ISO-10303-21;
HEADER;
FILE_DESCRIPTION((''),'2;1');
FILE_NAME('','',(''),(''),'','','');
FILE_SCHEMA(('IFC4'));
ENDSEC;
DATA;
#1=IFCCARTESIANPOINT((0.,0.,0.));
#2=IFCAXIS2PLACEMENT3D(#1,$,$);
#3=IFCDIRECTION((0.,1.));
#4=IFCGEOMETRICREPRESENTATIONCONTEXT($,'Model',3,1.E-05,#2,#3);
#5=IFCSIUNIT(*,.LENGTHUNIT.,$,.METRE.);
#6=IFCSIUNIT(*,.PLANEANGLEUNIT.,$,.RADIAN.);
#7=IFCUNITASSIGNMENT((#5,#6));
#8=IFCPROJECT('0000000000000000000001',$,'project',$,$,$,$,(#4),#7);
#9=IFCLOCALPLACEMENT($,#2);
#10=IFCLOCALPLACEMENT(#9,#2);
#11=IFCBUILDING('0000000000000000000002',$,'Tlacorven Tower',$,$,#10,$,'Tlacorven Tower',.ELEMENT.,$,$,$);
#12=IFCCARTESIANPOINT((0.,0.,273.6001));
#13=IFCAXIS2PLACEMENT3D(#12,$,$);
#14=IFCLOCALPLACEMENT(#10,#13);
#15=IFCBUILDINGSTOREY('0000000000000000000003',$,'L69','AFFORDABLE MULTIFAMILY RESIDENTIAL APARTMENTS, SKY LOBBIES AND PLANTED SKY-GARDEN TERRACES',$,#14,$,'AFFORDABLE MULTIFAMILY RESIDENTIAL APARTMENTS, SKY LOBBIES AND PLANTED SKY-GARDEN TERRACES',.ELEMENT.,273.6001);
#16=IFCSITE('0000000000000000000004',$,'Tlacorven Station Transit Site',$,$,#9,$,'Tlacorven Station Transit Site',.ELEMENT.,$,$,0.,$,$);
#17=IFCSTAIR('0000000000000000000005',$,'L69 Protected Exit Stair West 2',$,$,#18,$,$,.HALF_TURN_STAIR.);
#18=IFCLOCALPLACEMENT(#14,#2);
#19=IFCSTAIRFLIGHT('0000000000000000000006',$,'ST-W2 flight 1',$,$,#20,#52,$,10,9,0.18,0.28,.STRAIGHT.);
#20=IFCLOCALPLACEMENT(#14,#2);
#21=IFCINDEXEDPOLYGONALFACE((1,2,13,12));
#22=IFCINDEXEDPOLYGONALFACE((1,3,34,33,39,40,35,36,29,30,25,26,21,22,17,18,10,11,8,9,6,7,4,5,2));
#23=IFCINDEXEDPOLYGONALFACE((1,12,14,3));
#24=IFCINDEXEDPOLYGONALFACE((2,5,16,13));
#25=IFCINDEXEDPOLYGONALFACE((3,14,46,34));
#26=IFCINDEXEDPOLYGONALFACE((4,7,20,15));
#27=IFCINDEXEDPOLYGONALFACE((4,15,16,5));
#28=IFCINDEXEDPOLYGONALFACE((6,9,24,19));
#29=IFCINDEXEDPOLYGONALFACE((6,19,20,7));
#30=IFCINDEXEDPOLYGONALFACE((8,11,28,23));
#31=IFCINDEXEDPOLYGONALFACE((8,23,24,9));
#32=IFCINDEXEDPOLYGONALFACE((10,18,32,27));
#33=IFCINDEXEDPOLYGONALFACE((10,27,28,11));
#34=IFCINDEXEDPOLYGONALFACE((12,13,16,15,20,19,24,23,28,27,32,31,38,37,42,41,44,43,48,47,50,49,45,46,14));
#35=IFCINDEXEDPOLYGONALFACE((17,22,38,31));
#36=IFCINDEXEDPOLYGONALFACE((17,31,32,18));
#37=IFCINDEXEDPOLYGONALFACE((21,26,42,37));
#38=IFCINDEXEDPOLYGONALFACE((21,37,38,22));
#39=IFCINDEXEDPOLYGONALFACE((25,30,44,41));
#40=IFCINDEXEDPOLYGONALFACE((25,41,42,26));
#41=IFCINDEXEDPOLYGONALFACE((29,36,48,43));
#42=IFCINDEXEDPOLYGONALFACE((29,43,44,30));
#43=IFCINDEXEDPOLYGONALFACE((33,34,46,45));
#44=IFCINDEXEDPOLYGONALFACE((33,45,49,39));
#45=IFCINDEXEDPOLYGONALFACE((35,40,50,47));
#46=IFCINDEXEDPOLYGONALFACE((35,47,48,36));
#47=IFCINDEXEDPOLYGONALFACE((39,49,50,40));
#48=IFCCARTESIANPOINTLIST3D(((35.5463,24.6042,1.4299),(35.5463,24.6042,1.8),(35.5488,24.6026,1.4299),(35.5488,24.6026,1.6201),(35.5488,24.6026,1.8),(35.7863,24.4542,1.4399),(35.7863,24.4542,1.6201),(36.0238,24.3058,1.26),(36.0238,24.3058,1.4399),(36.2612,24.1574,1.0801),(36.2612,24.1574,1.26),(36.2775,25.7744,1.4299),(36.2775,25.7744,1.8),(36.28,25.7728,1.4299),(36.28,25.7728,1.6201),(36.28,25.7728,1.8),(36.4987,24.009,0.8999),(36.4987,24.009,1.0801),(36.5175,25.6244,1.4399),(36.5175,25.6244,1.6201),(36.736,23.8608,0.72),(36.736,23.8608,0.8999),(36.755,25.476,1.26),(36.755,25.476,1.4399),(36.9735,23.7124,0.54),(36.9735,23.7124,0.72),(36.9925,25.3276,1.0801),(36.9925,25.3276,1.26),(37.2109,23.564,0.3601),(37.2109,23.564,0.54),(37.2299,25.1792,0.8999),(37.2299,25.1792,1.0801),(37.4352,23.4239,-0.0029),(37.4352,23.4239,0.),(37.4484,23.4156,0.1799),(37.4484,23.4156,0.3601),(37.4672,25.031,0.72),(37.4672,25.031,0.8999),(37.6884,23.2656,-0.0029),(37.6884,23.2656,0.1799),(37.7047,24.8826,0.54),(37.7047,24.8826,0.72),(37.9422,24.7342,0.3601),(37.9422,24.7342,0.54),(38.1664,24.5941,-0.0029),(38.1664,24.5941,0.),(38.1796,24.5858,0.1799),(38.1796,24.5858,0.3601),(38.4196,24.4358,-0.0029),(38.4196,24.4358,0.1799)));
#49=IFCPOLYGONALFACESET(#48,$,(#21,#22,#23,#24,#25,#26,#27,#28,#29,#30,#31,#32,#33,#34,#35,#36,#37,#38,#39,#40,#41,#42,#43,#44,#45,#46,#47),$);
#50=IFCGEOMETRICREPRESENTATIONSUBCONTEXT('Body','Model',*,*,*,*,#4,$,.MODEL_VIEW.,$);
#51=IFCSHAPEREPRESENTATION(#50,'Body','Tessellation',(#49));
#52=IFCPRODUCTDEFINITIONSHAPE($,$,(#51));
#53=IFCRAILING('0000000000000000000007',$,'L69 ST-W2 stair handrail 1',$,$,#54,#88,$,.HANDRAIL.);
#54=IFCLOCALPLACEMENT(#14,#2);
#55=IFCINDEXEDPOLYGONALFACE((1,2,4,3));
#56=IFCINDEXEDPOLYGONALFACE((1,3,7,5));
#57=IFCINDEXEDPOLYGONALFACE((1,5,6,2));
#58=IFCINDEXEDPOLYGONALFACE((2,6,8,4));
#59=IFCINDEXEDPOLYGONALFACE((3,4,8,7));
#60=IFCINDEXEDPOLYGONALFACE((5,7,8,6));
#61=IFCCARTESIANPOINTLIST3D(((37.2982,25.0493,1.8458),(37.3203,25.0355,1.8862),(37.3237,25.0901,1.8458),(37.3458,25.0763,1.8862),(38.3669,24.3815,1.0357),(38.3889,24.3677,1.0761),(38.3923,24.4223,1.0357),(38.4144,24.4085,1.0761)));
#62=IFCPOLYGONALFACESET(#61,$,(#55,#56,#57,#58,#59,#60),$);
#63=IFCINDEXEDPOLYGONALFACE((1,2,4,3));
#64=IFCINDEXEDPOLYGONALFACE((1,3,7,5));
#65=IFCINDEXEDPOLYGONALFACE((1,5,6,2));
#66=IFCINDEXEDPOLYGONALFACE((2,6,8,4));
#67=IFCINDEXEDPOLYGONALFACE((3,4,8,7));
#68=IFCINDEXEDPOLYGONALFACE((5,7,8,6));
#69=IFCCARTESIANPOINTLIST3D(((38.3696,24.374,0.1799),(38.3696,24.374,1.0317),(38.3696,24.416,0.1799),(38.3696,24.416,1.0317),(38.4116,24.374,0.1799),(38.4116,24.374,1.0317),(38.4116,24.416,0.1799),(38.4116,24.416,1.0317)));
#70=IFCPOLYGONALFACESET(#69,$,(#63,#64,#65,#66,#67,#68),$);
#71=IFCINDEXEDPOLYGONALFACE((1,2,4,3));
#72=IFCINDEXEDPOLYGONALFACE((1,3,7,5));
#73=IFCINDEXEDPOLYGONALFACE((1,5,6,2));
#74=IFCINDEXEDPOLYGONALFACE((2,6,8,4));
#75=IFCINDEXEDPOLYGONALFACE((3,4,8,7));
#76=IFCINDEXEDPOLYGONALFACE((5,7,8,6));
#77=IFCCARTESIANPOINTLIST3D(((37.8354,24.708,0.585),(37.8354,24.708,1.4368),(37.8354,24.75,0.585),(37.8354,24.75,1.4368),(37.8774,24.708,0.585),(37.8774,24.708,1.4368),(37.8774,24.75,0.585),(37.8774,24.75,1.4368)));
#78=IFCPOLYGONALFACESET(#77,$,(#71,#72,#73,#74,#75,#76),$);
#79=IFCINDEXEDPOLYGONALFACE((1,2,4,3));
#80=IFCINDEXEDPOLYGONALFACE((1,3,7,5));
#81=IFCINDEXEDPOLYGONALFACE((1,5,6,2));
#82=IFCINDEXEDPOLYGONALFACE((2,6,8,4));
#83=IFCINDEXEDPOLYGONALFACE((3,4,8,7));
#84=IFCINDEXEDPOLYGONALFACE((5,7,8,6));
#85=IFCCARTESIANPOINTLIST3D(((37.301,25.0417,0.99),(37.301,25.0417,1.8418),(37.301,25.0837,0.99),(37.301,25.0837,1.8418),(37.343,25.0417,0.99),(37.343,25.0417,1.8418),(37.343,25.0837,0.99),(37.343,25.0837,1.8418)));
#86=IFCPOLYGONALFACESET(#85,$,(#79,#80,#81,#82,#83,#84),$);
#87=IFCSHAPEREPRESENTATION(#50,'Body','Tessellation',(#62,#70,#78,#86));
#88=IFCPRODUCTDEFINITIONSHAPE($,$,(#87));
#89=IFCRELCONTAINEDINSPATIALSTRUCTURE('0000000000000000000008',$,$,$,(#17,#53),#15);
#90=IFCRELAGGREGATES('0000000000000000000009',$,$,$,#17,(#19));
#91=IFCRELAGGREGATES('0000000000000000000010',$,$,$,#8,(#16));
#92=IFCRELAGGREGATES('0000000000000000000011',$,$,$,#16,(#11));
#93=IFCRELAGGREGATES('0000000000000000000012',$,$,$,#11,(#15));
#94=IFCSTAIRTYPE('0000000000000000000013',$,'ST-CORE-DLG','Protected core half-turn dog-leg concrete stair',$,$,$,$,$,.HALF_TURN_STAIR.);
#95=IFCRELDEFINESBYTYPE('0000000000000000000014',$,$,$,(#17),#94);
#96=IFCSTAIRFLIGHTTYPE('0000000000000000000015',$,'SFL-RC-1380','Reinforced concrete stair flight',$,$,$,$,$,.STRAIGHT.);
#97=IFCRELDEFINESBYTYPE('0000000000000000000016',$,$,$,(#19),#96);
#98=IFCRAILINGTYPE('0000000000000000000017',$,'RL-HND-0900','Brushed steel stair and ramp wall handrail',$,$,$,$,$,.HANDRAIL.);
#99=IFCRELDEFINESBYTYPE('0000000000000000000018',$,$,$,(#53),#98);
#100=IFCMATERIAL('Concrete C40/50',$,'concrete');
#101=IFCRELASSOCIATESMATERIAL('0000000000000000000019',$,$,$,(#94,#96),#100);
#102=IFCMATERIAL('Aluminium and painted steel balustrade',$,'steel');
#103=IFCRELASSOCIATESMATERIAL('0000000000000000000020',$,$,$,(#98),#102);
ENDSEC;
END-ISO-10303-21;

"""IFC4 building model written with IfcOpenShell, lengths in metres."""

from ifc_helpers import new_model, si_unit, direction, frame, origin, origin_2d, place, context, subcontext, project, spatial, polyline, rectangle, outline, extrude, source, transform, mapped, material, type_object, element, aggregate, save


model = new_model("IFC4")

# Units and contexts
model_context = context("Model", 3, precision=1e-05, world=origin(), true_north=direction((0.0, 1.0)))
body_context = subcontext(model_context, "Body", "Model", "MODEL_VIEW")
ifc_project = project(units=[si_unit("LENGTHUNIT", "METRE"), si_unit("PLANEANGLEUNIT", "RADIAN")], contexts=[model_context])

# Site, building, storey
site_placement = place(None, origin())
site = spatial("IfcSite", under=ifc_project, at=site_placement, Name="Tlacorven Station Transit Site", LongName="Tlacorven Station Transit Site", CompositionType="ELEMENT", RefElevation=0.0)
building_placement = place(site_placement, origin())
building = spatial("IfcBuilding", under=site, at=building_placement, Name="Tlacorven Tower", LongName="Tlacorven Tower", CompositionType="ELEMENT")
storey_placement = place(building_placement, frame((0.0, 0.0, 273.6001)))
storey = spatial("IfcBuildingStorey", under=building, at=storey_placement, Name="L69", Description="AFFORDABLE MULTIFAMILY RESIDENTIAL APARTMENTS, SKY LOBBIES AND PLANTED SKY-GARDEN TERRACES", LongName="AFFORDABLE MULTIFAMILY RESIDENTIAL APARTMENTS, SKY LOBBIES AND PLANTED SKY-GARDEN TERRACES", CompositionType="ELEMENT", Elevation=273.6001)

# Stair, stair flight
ifc_material_1 = material(Name="Concrete C40/50", Category="concrete")
stair_type = type_object("IfcStairType", Name="ST-CORE-DLG", Description="Protected core half-turn dog-leg concrete stair", PredefinedType="HALF_TURN_STAIR", material=ifc_material_1)
stair_placement = place(storey_placement, origin())
stair = element("IfcStair", 1, at=stair_placement, inside=storey, type_object=stair_type, Name="L69 Protected Exit Stair West 2", PredefinedType="HALF_TURN_STAIR")
stair_flight_type = type_object("IfcStairFlightType", Name="SFL-RC-1380", Description="Reinforced concrete stair flight", PredefinedType="STRAIGHT", material=ifc_material_1)
shared_shape_1 = source(origin(), body_context, "Body", "SweptSolid", [
    extrude(outline(polyline([(-0.0029, -0.0029), (-0.0029, 0.1799), (0.28, 0.1799), (0.28, 0.3601), (0.5601, 0.3601), (0.5601, 0.54), (0.8401, 0.54), (0.8401, 0.72), (1.1201, 0.72), (1.1201, 0.8999), (1.3999, 0.8999), (1.3999, 1.0801), (1.6799, 1.0801), (1.6799, 1.26), (1.96, 1.26), (1.96, 1.4399), (2.24, 1.4399), (2.24, 1.6201), (2.52, 1.6201), (2.52, 1.8), (2.5229, 1.8), (2.5229, 1.4299), (2.52, 1.4299), (0.2957, 0.0), (0.2957, -0.0029), (-0.0029, -0.0029)])), frame((0.0, 0.6899, 0.0), z_axis=(0.0, -1.0, 0.0), x_axis=(1.0, 0.0, 0.0)), (0.0, 0.0, 1.0), 1.3799),
])
stair_flight_placement = place(storey_placement, frame((38.0515, 23.8523, 0.0), z_axis=(0.0, 0.0, 1.0), x_axis=(-0.848048, 0.529919, 0.0)))
stair_flight = element("IfcStairFlight", 2, at=stair_flight_placement, type_object=stair_flight_type, Name="ST-W2 flight 1", NumberOfRisers=10, NumberOfTreads=9, PredefinedType="STRAIGHT", RiserHeight=0.18, TreadLength=0.28, context=body_context, shape_type="MappedRepresentation", body=[
    mapped(shared_shape_1, transform((0.0, 0.0, 0.0), scale=1.0)),
])
aggregate(stair, [stair_flight])

# Railing
ifc_material_2 = material(Name="Aluminium and painted steel balustrade", Category="steel")
railing_type = type_object("IfcRailingType", Name="RL-HND-0900", Description="Brushed steel stair and ramp wall handrail", PredefinedType="HANDRAIL", material=ifc_material_2)
shared_shape_2 = source(origin(), body_context, "Body", "SweptSolid", [
    extrude(rectangle(XDim=0.0481, YDim=0.0481, at=origin_2d()), frame((0.0, 0.0, 0.876), z_axis=(-0.71336, 0.445748, 0.540765), x_axis=(-0.529912, -0.848053, 0.0)), (0.0, 0.0, 1.0), 1.498),
    extrude(rectangle(XDim=0.042, YDim=0.042, at=origin_2d()), origin(), (0.0, 0.0, 1.0), 0.8518),
    extrude(rectangle(XDim=0.042, YDim=0.042, at=origin_2d()), frame((-0.5342, 0.334, 0.405)), (0.0, 0.0, 1.0), 0.8518),
    extrude(rectangle(XDim=0.042, YDim=0.042, at=origin_2d()), frame((-1.0686, 0.6677, 0.8101)), (0.0, 0.0, 1.0), 0.8518),
])
railing_placement = place(storey_placement, frame((38.3906, 24.395, 0.1799)))
element("IfcRailing", 3, at=railing_placement, inside=storey, type_object=railing_type, Name="L69 ST-W2 stair handrail 1", PredefinedType="HANDRAIL", context=body_context, shape_type="MappedRepresentation", body=[
    mapped(shared_shape_2, transform((0.0, 0.0, 0.0), scale=1.0)),
])

save(model, "model.ifc")
